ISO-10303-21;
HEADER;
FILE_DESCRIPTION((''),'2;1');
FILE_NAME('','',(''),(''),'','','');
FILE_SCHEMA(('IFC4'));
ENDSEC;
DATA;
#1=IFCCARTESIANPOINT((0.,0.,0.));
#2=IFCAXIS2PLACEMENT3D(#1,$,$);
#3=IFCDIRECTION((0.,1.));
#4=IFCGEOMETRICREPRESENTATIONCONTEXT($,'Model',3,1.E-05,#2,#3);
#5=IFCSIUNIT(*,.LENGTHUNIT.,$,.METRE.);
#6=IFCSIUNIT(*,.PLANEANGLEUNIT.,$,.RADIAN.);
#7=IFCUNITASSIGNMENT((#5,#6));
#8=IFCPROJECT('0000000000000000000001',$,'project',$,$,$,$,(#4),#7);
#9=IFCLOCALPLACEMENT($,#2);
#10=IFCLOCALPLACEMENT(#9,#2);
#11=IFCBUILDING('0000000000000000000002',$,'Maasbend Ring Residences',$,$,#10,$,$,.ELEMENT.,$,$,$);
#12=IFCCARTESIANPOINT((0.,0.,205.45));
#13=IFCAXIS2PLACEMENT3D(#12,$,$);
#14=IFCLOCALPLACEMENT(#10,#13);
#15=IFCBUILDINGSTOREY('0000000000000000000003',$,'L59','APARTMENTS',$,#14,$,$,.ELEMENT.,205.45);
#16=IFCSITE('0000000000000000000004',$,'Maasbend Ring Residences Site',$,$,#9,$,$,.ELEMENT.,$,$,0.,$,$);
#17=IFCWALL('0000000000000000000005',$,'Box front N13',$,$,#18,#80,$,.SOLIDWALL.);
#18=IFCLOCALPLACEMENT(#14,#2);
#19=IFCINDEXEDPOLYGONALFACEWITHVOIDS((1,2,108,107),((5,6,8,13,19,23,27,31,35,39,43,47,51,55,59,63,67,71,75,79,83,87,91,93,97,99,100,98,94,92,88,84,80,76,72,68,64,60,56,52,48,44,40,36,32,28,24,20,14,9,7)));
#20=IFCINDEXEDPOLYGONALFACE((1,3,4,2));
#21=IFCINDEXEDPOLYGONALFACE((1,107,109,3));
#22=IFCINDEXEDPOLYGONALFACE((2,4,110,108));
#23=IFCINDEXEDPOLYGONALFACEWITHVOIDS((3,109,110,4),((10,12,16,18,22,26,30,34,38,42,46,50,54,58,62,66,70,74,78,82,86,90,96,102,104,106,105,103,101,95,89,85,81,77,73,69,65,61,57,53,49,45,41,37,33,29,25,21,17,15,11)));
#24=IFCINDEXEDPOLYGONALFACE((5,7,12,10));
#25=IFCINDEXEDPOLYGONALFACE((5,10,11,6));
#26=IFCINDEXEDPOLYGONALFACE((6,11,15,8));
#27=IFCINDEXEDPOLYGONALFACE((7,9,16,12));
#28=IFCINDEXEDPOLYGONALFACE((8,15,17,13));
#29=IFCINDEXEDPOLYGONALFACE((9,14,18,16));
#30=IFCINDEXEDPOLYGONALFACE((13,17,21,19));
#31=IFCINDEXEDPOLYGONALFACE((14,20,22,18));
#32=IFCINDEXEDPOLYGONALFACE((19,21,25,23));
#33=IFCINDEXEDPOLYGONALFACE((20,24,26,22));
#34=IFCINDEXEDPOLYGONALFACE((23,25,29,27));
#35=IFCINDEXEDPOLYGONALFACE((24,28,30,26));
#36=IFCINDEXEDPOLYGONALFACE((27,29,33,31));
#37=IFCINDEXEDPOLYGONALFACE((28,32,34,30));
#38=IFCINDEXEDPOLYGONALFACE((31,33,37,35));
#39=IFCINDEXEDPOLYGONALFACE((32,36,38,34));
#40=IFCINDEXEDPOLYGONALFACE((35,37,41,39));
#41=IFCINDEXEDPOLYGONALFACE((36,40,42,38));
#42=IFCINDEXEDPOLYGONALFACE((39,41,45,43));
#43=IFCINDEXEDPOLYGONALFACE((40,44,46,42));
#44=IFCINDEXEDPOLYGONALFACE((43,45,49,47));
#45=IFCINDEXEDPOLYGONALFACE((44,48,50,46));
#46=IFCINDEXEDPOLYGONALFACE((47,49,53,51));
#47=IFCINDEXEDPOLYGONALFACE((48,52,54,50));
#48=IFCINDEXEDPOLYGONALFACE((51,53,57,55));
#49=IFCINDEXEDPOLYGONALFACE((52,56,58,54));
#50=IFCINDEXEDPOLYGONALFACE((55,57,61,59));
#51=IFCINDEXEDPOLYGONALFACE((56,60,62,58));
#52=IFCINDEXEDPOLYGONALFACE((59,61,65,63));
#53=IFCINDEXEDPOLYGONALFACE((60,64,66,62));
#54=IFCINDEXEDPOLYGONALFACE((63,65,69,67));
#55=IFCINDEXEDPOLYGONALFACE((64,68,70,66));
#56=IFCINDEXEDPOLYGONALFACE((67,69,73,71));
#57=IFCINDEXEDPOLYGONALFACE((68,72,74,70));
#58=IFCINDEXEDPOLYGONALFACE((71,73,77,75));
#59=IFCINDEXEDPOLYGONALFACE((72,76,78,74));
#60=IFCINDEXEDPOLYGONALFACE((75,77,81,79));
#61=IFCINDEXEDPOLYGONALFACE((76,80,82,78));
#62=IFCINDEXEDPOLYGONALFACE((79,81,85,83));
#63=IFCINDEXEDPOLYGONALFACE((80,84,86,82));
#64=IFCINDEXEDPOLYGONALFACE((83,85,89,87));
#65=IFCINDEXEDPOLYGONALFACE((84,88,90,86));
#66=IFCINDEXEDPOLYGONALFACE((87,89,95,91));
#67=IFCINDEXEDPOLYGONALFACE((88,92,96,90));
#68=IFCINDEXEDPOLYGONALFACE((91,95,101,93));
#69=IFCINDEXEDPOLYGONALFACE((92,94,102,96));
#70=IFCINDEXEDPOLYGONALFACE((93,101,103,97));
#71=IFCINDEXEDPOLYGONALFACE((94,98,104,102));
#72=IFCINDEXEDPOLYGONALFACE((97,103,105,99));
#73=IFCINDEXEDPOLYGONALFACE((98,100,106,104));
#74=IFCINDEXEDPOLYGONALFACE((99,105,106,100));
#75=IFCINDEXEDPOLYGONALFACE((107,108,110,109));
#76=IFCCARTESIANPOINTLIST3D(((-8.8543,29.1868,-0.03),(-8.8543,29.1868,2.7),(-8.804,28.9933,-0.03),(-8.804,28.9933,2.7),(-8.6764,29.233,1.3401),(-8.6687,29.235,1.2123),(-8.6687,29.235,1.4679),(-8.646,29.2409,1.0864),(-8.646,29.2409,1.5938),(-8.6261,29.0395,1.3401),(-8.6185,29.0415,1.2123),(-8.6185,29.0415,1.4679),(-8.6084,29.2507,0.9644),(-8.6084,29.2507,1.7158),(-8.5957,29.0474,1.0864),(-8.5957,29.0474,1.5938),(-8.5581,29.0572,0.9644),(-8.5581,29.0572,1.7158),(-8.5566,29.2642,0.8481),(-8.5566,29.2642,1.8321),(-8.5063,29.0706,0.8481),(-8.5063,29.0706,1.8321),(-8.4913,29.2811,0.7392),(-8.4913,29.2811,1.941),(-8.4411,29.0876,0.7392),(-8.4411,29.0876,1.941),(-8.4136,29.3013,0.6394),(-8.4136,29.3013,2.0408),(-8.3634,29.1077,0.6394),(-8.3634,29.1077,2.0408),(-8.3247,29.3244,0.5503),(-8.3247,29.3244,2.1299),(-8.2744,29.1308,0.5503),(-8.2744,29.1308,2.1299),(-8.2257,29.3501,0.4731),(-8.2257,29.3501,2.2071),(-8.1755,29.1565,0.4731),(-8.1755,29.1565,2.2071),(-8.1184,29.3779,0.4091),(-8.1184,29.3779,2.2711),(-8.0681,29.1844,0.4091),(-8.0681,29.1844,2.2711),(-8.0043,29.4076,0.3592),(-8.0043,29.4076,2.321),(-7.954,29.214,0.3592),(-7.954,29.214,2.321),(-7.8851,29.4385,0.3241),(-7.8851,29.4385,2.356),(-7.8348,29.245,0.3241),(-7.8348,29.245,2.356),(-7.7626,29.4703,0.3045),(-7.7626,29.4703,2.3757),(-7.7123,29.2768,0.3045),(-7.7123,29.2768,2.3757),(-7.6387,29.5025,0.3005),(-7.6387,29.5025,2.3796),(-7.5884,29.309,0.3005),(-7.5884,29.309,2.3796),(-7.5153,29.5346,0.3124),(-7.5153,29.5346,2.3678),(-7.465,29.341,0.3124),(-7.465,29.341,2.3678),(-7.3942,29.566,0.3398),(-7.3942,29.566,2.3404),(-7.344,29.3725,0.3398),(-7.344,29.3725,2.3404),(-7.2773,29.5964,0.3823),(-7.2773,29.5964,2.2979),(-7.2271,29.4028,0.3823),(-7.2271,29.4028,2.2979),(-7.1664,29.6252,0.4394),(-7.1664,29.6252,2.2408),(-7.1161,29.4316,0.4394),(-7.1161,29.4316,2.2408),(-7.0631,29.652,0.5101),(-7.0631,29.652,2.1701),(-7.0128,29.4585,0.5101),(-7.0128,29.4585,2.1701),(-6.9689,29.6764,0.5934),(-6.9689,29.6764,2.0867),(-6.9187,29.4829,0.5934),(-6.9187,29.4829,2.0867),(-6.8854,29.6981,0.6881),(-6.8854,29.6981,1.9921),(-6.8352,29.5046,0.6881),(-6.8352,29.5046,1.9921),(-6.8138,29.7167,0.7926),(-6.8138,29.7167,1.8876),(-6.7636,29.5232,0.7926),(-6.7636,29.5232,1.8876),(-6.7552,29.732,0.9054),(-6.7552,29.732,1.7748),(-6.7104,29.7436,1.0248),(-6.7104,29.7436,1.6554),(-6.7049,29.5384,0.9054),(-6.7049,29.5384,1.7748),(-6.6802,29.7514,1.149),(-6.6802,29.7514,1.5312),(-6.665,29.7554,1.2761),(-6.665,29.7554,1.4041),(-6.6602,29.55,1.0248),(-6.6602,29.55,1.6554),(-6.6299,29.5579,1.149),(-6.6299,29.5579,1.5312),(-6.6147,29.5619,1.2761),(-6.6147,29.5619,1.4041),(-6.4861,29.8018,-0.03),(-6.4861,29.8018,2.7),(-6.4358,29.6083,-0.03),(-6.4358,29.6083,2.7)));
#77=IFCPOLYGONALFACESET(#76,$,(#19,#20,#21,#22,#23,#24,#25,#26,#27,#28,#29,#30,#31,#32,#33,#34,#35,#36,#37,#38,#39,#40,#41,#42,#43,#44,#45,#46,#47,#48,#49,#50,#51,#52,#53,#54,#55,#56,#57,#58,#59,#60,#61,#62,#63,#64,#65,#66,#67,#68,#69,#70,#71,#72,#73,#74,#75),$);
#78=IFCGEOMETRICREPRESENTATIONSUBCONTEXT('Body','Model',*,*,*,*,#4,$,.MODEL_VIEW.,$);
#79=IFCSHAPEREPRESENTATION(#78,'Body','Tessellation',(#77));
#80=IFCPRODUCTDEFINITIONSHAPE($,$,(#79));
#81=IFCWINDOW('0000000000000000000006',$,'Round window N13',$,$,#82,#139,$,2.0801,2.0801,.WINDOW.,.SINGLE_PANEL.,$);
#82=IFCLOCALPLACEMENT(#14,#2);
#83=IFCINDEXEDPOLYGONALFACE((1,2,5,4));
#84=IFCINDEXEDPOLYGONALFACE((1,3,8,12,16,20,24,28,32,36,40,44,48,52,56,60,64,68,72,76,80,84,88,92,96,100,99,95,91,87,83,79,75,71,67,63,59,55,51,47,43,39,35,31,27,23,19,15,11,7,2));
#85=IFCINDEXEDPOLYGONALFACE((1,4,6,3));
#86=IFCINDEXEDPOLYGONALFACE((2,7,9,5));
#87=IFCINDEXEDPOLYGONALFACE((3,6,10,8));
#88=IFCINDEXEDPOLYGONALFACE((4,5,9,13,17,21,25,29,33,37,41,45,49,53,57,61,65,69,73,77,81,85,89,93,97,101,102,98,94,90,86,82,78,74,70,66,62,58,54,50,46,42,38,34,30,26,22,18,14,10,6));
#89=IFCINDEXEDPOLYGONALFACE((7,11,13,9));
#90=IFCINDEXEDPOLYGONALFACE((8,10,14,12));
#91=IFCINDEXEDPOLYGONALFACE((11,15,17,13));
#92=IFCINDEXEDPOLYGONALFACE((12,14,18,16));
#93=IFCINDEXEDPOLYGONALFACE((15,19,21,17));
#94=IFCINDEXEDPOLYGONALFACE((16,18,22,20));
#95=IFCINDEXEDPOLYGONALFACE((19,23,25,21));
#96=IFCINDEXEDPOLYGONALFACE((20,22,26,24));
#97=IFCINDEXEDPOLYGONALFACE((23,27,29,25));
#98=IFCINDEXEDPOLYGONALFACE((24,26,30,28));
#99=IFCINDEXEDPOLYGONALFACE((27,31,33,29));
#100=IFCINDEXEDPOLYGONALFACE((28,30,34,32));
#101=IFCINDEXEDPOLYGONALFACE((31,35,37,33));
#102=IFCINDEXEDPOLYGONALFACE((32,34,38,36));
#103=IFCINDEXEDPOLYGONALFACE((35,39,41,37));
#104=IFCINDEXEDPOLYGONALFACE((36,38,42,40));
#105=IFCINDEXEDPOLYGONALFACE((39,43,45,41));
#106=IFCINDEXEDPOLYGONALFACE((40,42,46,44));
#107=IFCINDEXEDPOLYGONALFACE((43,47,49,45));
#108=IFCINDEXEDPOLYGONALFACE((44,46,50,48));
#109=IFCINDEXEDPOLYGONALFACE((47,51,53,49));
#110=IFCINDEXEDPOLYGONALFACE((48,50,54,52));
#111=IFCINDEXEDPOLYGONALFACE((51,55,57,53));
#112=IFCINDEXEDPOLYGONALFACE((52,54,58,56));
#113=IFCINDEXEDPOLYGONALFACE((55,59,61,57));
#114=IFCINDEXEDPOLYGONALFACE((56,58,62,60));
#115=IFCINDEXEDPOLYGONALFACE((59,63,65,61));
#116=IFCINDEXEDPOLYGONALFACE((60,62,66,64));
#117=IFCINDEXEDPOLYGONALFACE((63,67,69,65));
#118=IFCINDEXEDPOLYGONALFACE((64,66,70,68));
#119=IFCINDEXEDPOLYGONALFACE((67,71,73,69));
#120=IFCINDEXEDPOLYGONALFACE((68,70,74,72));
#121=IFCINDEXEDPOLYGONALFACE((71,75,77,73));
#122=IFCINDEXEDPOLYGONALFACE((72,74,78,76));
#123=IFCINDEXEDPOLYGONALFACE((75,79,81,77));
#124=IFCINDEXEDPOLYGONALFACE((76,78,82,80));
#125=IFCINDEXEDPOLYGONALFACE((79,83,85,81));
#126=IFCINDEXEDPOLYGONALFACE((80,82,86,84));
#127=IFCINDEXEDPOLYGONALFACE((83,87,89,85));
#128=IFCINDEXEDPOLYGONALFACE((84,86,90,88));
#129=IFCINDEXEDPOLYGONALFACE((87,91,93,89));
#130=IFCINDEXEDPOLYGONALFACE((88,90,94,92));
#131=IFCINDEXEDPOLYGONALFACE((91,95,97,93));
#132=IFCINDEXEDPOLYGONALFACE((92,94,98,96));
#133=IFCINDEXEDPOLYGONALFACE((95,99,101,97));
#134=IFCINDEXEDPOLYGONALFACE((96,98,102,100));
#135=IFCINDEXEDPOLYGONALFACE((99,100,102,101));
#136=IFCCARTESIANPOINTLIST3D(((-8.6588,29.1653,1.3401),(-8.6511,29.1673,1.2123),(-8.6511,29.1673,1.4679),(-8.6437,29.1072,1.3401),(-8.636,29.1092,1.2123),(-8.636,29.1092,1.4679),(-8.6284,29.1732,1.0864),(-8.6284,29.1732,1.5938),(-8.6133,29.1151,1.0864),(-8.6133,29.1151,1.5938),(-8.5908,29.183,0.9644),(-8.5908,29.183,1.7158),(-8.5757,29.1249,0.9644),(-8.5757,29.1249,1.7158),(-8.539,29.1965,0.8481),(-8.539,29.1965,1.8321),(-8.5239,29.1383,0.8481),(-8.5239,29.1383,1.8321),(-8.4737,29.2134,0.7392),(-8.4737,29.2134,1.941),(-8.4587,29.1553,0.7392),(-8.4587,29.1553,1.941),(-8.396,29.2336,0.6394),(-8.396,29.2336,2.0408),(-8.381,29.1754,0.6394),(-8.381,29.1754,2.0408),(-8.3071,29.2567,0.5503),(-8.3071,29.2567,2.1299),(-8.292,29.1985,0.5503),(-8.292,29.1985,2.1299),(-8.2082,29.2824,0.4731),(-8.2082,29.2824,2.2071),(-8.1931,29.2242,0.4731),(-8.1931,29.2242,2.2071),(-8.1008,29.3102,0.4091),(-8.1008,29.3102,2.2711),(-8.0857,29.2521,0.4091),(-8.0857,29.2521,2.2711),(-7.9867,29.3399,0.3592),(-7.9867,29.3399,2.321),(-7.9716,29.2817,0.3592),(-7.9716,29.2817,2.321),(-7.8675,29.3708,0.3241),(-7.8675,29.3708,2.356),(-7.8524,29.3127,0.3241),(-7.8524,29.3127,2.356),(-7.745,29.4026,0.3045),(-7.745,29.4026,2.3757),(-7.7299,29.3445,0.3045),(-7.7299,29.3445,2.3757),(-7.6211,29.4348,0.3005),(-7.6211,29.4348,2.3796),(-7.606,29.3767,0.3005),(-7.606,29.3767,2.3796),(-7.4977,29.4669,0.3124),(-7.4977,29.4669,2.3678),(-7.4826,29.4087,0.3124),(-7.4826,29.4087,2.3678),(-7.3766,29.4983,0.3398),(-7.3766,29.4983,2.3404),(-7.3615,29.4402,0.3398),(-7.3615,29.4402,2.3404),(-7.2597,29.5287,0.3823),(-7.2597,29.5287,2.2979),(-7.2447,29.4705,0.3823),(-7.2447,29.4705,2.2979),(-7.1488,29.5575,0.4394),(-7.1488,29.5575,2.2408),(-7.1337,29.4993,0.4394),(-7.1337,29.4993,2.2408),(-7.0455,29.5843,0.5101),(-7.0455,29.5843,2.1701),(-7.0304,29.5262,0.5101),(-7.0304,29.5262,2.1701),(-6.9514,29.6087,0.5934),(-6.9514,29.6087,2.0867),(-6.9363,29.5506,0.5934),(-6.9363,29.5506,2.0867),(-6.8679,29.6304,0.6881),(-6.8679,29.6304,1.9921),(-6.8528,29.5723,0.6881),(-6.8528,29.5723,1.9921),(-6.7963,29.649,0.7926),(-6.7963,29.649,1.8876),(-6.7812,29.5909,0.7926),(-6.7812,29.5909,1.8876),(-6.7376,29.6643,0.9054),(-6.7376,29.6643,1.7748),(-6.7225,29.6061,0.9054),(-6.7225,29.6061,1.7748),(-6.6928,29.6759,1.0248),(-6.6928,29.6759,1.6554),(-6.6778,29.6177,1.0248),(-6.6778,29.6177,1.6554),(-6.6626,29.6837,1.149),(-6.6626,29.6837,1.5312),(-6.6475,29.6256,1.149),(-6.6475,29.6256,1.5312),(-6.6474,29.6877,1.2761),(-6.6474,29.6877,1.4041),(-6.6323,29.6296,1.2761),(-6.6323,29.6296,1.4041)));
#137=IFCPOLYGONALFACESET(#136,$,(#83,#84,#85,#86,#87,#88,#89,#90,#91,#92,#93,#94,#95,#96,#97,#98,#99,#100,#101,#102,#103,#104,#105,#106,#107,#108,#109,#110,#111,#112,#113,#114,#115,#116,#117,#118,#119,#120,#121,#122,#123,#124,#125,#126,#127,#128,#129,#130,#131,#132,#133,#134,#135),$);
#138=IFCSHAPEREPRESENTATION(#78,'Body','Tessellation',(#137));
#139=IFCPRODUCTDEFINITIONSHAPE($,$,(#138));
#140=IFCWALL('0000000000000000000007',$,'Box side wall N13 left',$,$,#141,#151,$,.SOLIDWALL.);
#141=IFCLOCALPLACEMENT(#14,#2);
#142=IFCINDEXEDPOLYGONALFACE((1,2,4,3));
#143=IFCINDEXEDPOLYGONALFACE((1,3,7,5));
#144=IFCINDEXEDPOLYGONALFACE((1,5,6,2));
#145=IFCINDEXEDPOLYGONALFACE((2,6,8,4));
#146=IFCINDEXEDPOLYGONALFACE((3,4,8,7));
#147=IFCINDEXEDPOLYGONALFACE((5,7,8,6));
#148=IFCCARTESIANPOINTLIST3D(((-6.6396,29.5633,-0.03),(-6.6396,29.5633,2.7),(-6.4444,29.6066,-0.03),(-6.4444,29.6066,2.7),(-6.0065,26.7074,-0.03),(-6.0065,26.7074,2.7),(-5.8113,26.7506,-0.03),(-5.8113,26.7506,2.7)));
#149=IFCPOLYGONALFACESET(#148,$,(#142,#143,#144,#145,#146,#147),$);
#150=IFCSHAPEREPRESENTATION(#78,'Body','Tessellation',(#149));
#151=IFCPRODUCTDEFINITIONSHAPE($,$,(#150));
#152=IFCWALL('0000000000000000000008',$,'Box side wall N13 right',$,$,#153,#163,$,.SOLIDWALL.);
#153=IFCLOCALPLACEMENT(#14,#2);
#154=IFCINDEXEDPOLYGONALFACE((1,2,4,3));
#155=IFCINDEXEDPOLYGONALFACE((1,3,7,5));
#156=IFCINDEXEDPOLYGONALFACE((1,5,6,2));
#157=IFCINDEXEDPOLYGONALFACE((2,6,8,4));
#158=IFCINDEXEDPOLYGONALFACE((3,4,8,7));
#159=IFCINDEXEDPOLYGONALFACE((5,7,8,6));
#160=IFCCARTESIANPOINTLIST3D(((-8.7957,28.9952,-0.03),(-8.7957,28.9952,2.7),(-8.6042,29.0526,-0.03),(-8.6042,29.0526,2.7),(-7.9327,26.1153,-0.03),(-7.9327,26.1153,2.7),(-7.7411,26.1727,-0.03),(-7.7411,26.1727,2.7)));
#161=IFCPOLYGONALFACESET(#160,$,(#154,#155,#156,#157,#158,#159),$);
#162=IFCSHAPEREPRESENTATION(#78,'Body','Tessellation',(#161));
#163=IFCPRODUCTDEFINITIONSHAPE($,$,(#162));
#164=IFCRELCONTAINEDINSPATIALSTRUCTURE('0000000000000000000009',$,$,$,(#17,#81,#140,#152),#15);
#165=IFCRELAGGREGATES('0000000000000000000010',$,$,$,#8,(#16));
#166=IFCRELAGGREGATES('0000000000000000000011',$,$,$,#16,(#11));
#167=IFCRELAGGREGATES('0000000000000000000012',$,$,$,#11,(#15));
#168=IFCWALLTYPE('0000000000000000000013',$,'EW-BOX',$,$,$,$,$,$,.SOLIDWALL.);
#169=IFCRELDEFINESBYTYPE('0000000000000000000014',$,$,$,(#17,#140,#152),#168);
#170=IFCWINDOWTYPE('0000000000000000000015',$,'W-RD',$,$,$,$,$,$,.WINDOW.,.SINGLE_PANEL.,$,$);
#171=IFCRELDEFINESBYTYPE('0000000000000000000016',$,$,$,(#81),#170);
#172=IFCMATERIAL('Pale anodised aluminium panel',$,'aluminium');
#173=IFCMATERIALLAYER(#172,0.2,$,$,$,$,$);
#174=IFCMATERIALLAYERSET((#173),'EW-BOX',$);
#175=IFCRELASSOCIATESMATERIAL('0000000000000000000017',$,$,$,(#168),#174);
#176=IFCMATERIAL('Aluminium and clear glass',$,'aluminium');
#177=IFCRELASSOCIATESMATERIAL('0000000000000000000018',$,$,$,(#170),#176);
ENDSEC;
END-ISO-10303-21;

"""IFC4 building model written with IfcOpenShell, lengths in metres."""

from ifc_helpers import new_model, si_unit, direction, frame, frame_2d, origin, place, context, subcontext, project, spatial, rectangle, circle, extrude, material, layer, layer_set, type_object, element, fill, save


model = new_model("IFC4")

# Units and contexts
model_context = context("Model", 3, precision=1e-05, world=origin(), true_north=direction((0.0, 1.0)))
body_context = subcontext(model_context, "Body", "Model", "MODEL_VIEW")
ifc_project = project(units=[si_unit("LENGTHUNIT", "METRE"), si_unit("PLANEANGLEUNIT", "RADIAN")], contexts=[model_context])

# Site, building, storey
site_placement = place(None, origin())
site = spatial("IfcSite", under=ifc_project, at=site_placement, Name="Maasbend Ring Residences Site", CompositionType="ELEMENT", RefElevation=0.0)
building_placement = place(site_placement, origin())
building = spatial("IfcBuilding", under=site, at=building_placement, Name="Maasbend Ring Residences", CompositionType="ELEMENT")
storey_placement = place(building_placement, frame((0.0, 0.0, 205.45)))
storey = spatial("IfcBuildingStorey", under=building, at=storey_placement, Name="L59", Description="APARTMENTS", CompositionType="ELEMENT", Elevation=205.45)

# Shared definitions
ifc_material_1 = material(Name="Pale anodised aluminium panel", Category="aluminium")
ifc_layer_1 = layer(ifc_material_1, 0.2)
ifc_layer_set_1 = layer_set([ifc_layer_1], Name="EW-BOX")
wall_type_1 = type_object("IfcWallType", Name="EW-BOX", PredefinedType="SOLIDWALL", material=ifc_layer_set_1)

# Wall, opening, window
wall_1_placement = place(storey_placement, frame((-6.4609, 29.7051, -0.03), z_axis=(0.0, 0.0, 1.0), x_axis=(-0.967895, -0.251353, 0.0)))
wall_1 = element("IfcWall", 1, at=wall_1_placement, inside=storey, type_object=wall_type_1, Name="Box front N13", PredefinedType="SOLIDWALL", context=body_context, shape_type="SweptSolid", body=[
    extrude(rectangle(XDim=2.4468, YDim=0.2, at=frame_2d((1.2234, 0.0))), origin(), (0.0, 0.0, 1.0), 2.73),
])
opening_1_placement = place(wall_1_placement, frame((0.1829, 0.0, 0.3301)))
opening_1 = element("IfcOpeningElement", 2, at=opening_1_placement, cuts=wall_1, PredefinedType="OPENING", context=body_context, shape_type="SweptSolid", body=[
    extrude(circle(Radius=1.04, at=frame_2d((1.04, 1.04))), frame((0.0, 0.1099, 0.0), z_axis=(0.0, -1.0, 0.0), x_axis=(1.0, 0.0, 0.0)), (0.0, 0.0, 1.0), 0.22),
])
ifc_material_2 = material(Name="Aluminium and clear glass", Category="aluminium")
window_type_1 = type_object("IfcWindowType", Name="W-RD", PartitioningType="SINGLE_PANEL", PredefinedType="WINDOW", material=ifc_material_2)
window_1_placement = place(opening_1_placement, origin())
window_1 = element("IfcWindow", 3, at=window_1_placement, inside=storey, type_object=window_type_1, Name="Round window N13", OverallHeight=2.0801, OverallWidth=2.0801, PartitioningType="SINGLE_PANEL", PredefinedType="WINDOW", context=body_context, shape_type="SweptSolid", body=[
    extrude(circle(Radius=1.04, at=frame_2d((1.04, 1.04))), frame((0.0, 0.03, 0.0), z_axis=(0.0, -1.0, 0.0), x_axis=(1.0, 0.0, 0.0)), (0.0, 0.0, 1.0), 0.0601),
])
fill(opening_1, window_1)

# Walls
wall_2_placement = place(storey_placement, frame((-5.9089, 26.729, -0.03), z_axis=(0.0, 0.0, 1.0), x_axis=(-0.216409, 0.976303, 0.0)))
element("IfcWall", 4, at=wall_2_placement, inside=storey, type_object=wall_type_1, Name="Box side wall N13 left", PredefinedType="SOLIDWALL", context=body_context, shape_type="SweptSolid", body=[
    extrude(rectangle(XDim=2.9253, YDim=0.2, at=frame_2d((1.4626, 0.0))), origin(), (0.0, 0.0, 1.0), 2.73),
])
wall_3_placement = place(storey_placement, frame((-7.8369, 26.144, -0.03), z_axis=(0.0, 0.0, 1.0), x_axis=(-0.287065, 0.957911, 0.0)))
element("IfcWall", 5, at=wall_3_placement, inside=storey, type_object=wall_type_1, Name="Box side wall N13 right", PredefinedType="SOLIDWALL", context=body_context, shape_type="SweptSolid", body=[
    extrude(rectangle(XDim=3.0063, YDim=0.2, at=frame_2d((1.5032, 0.0))), origin(), (0.0, 0.0, 1.0), 2.73),
])

save(model, "model.ifc")
